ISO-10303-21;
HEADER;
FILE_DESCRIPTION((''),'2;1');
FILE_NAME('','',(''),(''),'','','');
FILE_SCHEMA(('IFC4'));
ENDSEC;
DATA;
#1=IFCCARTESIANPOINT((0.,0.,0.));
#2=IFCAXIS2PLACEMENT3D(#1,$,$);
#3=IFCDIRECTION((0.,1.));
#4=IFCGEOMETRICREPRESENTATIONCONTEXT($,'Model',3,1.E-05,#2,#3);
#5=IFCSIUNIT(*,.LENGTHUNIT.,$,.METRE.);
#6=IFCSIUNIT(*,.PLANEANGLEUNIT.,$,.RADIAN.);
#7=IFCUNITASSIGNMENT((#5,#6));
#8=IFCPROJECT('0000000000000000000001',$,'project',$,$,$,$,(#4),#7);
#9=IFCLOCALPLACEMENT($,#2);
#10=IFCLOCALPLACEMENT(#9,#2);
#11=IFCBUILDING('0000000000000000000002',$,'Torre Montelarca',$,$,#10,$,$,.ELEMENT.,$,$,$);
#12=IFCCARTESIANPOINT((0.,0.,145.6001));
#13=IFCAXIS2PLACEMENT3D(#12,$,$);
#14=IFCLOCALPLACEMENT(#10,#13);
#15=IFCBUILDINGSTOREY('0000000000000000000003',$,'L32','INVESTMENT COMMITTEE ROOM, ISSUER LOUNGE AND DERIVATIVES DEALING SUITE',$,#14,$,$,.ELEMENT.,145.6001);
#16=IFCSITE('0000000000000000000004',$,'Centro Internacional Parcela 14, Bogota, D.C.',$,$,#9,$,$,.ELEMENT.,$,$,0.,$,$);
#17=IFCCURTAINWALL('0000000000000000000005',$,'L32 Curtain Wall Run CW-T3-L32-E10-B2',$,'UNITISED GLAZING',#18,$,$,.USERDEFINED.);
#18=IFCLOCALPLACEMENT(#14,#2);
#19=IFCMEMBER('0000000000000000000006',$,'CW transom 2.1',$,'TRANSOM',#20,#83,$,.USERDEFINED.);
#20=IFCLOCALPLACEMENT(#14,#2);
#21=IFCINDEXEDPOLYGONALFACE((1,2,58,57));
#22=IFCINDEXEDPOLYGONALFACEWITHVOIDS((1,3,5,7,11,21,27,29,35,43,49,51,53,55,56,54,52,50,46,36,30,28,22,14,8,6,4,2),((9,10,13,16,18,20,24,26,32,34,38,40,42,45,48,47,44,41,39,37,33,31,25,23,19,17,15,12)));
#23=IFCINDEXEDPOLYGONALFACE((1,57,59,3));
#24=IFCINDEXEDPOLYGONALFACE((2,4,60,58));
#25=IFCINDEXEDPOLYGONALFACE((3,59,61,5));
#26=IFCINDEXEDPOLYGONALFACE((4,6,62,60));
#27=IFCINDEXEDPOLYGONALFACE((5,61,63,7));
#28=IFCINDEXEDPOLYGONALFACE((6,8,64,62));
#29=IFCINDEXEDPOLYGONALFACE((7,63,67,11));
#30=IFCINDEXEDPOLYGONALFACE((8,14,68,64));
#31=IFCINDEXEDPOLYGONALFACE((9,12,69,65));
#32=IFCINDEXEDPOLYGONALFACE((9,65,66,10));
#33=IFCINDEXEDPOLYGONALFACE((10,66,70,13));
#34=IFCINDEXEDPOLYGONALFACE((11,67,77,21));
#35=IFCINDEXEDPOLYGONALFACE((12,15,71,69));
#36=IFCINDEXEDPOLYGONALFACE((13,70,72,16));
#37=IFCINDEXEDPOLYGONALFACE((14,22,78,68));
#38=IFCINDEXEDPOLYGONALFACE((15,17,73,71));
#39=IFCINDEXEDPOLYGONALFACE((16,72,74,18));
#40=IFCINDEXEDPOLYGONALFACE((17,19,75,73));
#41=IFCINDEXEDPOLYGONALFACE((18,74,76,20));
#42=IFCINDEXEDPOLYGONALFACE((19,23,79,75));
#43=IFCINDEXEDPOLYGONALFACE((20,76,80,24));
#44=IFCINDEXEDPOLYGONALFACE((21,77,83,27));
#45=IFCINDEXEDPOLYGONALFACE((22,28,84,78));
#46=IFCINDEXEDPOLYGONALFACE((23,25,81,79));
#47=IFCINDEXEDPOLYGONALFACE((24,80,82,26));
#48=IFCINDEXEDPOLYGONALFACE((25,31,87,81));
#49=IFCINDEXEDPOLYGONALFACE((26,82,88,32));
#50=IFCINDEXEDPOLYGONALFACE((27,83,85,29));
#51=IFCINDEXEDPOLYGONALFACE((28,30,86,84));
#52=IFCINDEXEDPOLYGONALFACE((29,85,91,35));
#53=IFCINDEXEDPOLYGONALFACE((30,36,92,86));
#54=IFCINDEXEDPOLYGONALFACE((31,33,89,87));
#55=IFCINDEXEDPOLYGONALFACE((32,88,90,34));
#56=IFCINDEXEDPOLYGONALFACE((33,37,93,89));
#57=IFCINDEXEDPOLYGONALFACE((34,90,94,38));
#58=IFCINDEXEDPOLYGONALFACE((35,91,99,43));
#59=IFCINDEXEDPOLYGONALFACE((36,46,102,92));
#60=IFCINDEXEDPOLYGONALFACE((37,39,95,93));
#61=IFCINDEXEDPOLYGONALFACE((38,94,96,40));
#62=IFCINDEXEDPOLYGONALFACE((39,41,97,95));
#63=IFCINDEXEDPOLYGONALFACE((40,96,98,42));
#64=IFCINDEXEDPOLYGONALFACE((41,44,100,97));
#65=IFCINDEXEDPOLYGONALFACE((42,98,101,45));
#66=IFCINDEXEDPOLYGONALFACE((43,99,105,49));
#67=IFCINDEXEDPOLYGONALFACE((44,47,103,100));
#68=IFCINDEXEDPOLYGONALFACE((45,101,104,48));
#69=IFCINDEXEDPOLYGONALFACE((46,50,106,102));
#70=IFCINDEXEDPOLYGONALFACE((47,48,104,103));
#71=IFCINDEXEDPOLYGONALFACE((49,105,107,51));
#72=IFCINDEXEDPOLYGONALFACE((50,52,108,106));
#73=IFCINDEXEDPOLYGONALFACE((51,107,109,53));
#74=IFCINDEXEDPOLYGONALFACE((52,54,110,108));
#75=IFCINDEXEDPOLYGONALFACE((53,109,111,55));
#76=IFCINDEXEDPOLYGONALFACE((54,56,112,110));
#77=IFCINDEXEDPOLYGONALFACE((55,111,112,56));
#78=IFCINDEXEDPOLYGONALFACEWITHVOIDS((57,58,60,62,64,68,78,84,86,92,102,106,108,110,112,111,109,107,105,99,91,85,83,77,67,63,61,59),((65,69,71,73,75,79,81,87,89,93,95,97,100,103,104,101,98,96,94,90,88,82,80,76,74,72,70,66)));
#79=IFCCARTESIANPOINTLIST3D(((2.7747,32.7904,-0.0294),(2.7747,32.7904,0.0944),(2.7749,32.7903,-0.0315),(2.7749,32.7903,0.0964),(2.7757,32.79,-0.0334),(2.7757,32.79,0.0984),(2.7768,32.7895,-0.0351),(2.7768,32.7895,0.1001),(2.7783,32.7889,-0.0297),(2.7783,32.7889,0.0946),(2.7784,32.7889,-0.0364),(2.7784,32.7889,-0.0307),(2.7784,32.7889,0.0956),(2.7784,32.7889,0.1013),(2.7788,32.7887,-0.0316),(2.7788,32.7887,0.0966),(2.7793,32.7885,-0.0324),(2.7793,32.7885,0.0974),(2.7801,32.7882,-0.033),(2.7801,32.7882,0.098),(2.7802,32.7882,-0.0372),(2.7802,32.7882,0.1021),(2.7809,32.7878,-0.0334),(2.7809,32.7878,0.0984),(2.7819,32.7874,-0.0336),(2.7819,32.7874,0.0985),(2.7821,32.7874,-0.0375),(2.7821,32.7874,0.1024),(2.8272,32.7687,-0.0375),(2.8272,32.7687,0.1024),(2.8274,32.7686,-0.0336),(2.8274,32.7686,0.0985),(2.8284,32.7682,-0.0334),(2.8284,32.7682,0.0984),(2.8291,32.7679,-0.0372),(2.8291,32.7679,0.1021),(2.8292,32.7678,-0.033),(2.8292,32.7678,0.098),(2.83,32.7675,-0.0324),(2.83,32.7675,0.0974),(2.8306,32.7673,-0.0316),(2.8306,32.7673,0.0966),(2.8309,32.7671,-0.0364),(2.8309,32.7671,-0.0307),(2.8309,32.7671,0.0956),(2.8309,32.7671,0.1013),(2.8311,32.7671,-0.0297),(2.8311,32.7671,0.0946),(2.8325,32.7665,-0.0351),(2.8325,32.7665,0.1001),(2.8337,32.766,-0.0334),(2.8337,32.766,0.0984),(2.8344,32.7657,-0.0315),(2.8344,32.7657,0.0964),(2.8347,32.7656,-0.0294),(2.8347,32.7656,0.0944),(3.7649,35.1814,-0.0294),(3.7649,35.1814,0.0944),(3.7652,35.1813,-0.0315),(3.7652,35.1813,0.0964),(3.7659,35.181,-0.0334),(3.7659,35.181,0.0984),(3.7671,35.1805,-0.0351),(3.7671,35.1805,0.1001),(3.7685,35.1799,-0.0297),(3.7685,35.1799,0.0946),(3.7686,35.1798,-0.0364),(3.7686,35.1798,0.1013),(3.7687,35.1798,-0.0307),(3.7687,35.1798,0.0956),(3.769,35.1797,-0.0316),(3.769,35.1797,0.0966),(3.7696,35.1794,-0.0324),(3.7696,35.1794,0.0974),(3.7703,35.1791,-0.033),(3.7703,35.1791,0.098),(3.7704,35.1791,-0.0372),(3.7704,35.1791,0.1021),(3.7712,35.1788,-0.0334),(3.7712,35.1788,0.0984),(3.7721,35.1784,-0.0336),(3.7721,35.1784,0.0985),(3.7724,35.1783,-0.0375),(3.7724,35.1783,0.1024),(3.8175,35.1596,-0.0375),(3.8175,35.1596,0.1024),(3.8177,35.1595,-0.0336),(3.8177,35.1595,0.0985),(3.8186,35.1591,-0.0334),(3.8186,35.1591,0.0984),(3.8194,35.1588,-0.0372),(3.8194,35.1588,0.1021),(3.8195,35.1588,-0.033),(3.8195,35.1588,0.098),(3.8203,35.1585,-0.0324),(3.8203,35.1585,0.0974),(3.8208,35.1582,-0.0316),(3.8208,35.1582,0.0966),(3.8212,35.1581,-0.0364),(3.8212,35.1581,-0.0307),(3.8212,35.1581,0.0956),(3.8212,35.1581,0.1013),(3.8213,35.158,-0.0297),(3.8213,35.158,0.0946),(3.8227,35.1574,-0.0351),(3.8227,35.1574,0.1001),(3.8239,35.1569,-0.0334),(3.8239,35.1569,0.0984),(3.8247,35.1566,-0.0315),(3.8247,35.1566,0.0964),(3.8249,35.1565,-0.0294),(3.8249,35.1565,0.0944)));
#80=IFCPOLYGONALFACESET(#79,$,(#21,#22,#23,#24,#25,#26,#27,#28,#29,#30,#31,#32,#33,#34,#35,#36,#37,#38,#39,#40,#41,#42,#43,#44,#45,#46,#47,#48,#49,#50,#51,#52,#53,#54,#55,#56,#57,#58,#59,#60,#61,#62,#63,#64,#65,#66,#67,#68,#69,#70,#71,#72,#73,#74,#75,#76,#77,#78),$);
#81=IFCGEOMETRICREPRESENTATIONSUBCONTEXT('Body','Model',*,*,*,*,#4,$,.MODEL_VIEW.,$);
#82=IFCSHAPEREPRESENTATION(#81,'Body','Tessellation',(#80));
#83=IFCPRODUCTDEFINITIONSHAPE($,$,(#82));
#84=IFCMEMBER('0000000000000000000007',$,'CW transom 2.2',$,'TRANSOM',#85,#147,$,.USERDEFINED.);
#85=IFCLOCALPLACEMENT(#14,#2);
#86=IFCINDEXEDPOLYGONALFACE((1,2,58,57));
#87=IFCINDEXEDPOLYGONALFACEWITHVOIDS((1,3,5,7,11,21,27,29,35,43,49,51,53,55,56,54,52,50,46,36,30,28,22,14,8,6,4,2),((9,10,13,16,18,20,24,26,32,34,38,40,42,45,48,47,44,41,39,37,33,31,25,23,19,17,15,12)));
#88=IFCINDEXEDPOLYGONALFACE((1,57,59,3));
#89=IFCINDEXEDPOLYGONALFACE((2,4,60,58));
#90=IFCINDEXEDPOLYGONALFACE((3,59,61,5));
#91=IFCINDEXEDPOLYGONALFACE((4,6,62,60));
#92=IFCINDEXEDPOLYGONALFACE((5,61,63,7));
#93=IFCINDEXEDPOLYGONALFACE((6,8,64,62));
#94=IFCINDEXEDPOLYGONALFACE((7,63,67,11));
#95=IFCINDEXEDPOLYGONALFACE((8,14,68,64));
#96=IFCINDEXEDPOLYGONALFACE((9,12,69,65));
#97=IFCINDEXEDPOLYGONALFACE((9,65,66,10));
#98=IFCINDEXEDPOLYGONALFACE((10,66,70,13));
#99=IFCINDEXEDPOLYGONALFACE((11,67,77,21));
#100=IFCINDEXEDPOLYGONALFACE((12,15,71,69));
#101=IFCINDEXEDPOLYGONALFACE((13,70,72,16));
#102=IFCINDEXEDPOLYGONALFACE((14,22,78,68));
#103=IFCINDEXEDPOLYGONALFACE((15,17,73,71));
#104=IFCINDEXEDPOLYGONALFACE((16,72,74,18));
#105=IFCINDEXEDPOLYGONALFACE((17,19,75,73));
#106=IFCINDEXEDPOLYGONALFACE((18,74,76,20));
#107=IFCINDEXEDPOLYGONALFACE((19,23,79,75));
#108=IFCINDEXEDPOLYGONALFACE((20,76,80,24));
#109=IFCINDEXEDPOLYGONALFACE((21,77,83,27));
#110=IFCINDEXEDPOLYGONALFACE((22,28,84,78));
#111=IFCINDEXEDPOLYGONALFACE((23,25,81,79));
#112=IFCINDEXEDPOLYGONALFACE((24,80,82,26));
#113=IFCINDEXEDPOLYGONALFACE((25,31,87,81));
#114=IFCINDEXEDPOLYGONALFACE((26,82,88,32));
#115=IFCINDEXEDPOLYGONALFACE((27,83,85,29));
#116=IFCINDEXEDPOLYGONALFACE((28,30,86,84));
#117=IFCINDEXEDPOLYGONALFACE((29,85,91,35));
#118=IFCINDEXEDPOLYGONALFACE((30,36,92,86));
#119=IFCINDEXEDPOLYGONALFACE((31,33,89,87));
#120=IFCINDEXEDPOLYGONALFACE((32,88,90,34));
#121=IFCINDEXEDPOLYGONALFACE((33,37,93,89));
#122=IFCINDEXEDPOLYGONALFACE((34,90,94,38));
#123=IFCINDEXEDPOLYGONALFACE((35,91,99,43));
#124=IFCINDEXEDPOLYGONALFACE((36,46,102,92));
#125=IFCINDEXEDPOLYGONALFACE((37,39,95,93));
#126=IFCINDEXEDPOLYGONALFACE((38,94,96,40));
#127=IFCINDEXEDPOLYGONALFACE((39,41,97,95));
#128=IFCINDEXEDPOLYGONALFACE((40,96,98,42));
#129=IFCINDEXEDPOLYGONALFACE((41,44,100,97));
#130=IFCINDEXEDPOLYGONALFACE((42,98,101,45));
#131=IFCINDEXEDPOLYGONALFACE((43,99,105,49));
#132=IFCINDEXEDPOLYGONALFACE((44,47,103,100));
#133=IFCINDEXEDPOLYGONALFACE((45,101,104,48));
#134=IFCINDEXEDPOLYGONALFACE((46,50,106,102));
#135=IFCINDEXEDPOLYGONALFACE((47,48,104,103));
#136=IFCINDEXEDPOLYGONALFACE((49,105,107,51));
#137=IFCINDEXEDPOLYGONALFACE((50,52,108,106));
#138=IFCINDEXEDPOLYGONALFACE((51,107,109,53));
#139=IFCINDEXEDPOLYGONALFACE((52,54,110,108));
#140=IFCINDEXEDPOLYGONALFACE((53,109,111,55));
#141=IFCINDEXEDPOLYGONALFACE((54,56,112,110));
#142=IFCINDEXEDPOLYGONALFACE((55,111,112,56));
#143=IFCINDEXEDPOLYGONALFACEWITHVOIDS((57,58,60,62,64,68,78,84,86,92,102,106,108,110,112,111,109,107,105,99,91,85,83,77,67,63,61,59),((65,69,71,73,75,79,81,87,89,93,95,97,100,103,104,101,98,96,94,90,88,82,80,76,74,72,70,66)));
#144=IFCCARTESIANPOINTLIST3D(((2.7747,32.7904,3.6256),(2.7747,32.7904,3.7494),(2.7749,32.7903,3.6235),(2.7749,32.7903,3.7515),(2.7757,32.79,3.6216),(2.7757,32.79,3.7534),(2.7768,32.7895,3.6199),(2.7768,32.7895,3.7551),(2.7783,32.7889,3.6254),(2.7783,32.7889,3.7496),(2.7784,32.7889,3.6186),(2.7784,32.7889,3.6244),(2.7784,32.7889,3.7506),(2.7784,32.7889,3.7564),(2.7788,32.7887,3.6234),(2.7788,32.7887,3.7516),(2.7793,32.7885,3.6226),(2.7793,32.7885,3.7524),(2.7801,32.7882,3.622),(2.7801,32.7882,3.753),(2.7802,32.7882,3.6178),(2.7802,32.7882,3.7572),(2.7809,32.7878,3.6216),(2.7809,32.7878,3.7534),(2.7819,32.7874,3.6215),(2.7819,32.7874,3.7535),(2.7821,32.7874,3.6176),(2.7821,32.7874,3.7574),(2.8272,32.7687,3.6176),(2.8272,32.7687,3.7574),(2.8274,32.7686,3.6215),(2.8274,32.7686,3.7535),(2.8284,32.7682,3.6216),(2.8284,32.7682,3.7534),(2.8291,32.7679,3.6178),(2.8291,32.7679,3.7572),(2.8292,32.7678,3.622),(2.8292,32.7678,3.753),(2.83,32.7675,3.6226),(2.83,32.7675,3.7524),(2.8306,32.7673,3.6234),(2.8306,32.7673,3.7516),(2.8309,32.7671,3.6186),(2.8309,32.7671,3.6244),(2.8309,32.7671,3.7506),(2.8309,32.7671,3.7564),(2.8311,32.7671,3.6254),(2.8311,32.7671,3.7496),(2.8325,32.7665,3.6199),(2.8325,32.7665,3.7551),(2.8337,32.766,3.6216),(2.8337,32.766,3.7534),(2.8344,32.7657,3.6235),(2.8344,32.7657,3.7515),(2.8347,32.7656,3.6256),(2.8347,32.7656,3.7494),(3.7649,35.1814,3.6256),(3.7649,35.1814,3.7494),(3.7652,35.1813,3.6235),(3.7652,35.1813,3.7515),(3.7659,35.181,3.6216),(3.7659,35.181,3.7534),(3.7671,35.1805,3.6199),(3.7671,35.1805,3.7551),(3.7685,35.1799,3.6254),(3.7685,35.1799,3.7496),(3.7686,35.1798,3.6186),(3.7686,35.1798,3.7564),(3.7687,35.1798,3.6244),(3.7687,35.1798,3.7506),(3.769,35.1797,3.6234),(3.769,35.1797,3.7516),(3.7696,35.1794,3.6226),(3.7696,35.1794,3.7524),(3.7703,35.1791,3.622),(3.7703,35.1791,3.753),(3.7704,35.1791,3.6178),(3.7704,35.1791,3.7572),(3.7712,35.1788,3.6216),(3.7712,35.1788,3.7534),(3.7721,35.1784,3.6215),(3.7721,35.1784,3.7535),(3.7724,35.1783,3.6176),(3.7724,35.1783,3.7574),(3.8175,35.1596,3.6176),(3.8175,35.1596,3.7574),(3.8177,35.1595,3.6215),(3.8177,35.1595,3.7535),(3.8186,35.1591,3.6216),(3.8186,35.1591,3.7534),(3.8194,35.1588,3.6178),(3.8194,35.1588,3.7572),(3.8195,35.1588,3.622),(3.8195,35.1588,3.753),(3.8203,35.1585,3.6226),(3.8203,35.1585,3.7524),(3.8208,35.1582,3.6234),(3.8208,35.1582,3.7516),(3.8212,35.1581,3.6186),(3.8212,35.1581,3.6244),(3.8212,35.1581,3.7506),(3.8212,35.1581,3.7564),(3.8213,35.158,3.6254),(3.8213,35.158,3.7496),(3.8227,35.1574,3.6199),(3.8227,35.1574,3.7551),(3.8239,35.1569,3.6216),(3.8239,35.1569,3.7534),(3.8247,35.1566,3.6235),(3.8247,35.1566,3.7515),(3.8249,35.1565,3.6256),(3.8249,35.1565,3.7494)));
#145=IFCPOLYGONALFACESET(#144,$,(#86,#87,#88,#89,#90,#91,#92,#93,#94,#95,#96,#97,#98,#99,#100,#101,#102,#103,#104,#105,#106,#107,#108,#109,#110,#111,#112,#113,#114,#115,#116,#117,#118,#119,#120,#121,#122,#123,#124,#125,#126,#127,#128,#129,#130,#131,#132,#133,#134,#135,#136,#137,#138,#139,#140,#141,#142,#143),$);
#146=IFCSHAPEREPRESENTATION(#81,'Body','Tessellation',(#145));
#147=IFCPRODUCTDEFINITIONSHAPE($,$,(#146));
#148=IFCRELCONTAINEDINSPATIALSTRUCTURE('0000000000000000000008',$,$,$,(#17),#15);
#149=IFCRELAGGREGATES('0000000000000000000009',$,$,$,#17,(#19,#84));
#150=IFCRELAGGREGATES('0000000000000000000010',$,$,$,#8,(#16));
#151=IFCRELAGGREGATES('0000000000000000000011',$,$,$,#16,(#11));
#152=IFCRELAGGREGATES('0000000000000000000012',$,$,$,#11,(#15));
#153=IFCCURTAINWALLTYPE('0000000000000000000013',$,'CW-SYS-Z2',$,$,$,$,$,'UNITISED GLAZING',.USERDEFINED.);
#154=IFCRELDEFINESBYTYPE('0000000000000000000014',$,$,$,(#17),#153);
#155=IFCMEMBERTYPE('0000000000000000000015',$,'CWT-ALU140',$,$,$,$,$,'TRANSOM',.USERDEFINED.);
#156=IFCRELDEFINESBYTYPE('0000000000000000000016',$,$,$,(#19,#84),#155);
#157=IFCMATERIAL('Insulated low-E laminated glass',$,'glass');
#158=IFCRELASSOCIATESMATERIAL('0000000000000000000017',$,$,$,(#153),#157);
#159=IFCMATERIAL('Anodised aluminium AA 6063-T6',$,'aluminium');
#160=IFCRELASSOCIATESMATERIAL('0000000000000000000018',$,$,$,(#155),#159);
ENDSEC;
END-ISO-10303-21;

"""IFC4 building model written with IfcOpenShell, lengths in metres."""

from ifc_helpers import new_model, si_unit, direction, frame, origin, origin_2d, place, context, subcontext, project, spatial, hollow_rectangle, extrude, source, transform, mapped, material, material_profile, profile_set, type_object, element, aggregate, save


model = new_model("IFC4")

# Units and contexts
model_context = context("Model", 3, precision=1e-05, world=origin(), true_north=direction((0.0, 1.0)))
body_context = subcontext(model_context, "Body", "Model", "MODEL_VIEW")
ifc_project = project(units=[si_unit("LENGTHUNIT", "METRE"), si_unit("PLANEANGLEUNIT", "RADIAN")], contexts=[model_context])

# Site, building, storey
site_placement = place(None, origin())
site = spatial("IfcSite", under=ifc_project, at=site_placement, Name="Centro Internacional Parcela 14, Bogota, D.C.", CompositionType="ELEMENT", RefElevation=0.0)
building_placement = place(site_placement, origin())
building = spatial("IfcBuilding", under=site, at=building_placement, Name="Torre Montelarca", CompositionType="ELEMENT")
storey_placement = place(building_placement, frame((0.0, 0.0, 145.6001)))
storey = spatial("IfcBuildingStorey", under=building, at=storey_placement, Name="L32", Description="INVESTMENT COMMITTEE ROOM, ISSUER LOUNGE AND DERIVATIVES DEALING SUITE", CompositionType="ELEMENT", Elevation=145.6001)

# Curtain wall, members
ifc_material_1 = material(Name="Insulated low-E laminated glass", Category="glass")
curtain_wall_type = type_object("IfcCurtainWallType", Name="CW-SYS-Z2", ElementType="UNITISED GLAZING", PredefinedType="USERDEFINED", material=ifc_material_1)
curtain_wall_1_placement = place(storey_placement, origin())
curtain_wall_1 = element("IfcCurtainWall", 1, at=curtain_wall_1_placement, inside=storey, type_object=curtain_wall_type, Name="L32 Curtain Wall Run CW-T3-L32-E10-B2", ObjectType="UNITISED GLAZING", PredefinedType="USERDEFINED")
ifc_material_2 = material(Name="Anodised aluminium AA 6063-T6", Category="aluminium")
ifc_material_profile_1 = material_profile(ifc_material_2, hollow_rectangle(XDim=0.0649, YDim=0.1399, WallThickness=0.0039, InnerFilletRadius=0.0039, OuterFilletRadius=0.0081, at=origin_2d()), Name="ALU65X140X4", Category="aluminium")
ifc_profile_set_1 = profile_set([ifc_material_profile_1], Name="Anodised aluminium AA 6063-T6")
member_type_1 = type_object("IfcMemberType", Name="CWT-ALU140", ElementType="TRANSOM", PredefinedType="USERDEFINED", material=ifc_profile_set_1)
shared_shape_1 = source(origin(), body_context, "Body", "SweptSolid", [
    extrude(hollow_rectangle(XDim=0.0649, YDim=0.1399, WallThickness=0.0039, InnerFilletRadius=0.0039, OuterFilletRadius=0.0081, at=origin_2d()), origin(), (0.0, 0.0, 1.0), 2.5879),
])
member_1_placement = place(storey_placement, frame((3.7949, 35.1689, 0.0325), z_axis=(-0.382652, -0.923893, 0.0), x_axis=(0.923893, -0.382652, 0.0)))
member_1 = element("IfcMember", 2, at=member_1_placement, type_object=member_type_1, Name="CW transom 2.1", ObjectType="TRANSOM", PredefinedType="USERDEFINED", context=body_context, shape_type="MappedRepresentation", body=[
    mapped(shared_shape_1, transform((0.0, 0.0, 0.0), scale=1.0)),
])
member_2_placement = place(storey_placement, frame((3.7949, 35.1689, 3.6875), z_axis=(-0.382652, -0.923893, 0.0), x_axis=(0.923893, -0.382652, 0.0)))
member_2 = element("IfcMember", 3, at=member_2_placement, type_object=member_type_1, Name="CW transom 2.2", ObjectType="TRANSOM", PredefinedType="USERDEFINED", context=body_context, shape_type="MappedRepresentation", body=[
    mapped(shared_shape_1, transform((0.0, 0.0, 0.0), scale=1.0)),
])

aggregate(curtain_wall_1, [member_1, member_2])

save(model, "model.ifc")
